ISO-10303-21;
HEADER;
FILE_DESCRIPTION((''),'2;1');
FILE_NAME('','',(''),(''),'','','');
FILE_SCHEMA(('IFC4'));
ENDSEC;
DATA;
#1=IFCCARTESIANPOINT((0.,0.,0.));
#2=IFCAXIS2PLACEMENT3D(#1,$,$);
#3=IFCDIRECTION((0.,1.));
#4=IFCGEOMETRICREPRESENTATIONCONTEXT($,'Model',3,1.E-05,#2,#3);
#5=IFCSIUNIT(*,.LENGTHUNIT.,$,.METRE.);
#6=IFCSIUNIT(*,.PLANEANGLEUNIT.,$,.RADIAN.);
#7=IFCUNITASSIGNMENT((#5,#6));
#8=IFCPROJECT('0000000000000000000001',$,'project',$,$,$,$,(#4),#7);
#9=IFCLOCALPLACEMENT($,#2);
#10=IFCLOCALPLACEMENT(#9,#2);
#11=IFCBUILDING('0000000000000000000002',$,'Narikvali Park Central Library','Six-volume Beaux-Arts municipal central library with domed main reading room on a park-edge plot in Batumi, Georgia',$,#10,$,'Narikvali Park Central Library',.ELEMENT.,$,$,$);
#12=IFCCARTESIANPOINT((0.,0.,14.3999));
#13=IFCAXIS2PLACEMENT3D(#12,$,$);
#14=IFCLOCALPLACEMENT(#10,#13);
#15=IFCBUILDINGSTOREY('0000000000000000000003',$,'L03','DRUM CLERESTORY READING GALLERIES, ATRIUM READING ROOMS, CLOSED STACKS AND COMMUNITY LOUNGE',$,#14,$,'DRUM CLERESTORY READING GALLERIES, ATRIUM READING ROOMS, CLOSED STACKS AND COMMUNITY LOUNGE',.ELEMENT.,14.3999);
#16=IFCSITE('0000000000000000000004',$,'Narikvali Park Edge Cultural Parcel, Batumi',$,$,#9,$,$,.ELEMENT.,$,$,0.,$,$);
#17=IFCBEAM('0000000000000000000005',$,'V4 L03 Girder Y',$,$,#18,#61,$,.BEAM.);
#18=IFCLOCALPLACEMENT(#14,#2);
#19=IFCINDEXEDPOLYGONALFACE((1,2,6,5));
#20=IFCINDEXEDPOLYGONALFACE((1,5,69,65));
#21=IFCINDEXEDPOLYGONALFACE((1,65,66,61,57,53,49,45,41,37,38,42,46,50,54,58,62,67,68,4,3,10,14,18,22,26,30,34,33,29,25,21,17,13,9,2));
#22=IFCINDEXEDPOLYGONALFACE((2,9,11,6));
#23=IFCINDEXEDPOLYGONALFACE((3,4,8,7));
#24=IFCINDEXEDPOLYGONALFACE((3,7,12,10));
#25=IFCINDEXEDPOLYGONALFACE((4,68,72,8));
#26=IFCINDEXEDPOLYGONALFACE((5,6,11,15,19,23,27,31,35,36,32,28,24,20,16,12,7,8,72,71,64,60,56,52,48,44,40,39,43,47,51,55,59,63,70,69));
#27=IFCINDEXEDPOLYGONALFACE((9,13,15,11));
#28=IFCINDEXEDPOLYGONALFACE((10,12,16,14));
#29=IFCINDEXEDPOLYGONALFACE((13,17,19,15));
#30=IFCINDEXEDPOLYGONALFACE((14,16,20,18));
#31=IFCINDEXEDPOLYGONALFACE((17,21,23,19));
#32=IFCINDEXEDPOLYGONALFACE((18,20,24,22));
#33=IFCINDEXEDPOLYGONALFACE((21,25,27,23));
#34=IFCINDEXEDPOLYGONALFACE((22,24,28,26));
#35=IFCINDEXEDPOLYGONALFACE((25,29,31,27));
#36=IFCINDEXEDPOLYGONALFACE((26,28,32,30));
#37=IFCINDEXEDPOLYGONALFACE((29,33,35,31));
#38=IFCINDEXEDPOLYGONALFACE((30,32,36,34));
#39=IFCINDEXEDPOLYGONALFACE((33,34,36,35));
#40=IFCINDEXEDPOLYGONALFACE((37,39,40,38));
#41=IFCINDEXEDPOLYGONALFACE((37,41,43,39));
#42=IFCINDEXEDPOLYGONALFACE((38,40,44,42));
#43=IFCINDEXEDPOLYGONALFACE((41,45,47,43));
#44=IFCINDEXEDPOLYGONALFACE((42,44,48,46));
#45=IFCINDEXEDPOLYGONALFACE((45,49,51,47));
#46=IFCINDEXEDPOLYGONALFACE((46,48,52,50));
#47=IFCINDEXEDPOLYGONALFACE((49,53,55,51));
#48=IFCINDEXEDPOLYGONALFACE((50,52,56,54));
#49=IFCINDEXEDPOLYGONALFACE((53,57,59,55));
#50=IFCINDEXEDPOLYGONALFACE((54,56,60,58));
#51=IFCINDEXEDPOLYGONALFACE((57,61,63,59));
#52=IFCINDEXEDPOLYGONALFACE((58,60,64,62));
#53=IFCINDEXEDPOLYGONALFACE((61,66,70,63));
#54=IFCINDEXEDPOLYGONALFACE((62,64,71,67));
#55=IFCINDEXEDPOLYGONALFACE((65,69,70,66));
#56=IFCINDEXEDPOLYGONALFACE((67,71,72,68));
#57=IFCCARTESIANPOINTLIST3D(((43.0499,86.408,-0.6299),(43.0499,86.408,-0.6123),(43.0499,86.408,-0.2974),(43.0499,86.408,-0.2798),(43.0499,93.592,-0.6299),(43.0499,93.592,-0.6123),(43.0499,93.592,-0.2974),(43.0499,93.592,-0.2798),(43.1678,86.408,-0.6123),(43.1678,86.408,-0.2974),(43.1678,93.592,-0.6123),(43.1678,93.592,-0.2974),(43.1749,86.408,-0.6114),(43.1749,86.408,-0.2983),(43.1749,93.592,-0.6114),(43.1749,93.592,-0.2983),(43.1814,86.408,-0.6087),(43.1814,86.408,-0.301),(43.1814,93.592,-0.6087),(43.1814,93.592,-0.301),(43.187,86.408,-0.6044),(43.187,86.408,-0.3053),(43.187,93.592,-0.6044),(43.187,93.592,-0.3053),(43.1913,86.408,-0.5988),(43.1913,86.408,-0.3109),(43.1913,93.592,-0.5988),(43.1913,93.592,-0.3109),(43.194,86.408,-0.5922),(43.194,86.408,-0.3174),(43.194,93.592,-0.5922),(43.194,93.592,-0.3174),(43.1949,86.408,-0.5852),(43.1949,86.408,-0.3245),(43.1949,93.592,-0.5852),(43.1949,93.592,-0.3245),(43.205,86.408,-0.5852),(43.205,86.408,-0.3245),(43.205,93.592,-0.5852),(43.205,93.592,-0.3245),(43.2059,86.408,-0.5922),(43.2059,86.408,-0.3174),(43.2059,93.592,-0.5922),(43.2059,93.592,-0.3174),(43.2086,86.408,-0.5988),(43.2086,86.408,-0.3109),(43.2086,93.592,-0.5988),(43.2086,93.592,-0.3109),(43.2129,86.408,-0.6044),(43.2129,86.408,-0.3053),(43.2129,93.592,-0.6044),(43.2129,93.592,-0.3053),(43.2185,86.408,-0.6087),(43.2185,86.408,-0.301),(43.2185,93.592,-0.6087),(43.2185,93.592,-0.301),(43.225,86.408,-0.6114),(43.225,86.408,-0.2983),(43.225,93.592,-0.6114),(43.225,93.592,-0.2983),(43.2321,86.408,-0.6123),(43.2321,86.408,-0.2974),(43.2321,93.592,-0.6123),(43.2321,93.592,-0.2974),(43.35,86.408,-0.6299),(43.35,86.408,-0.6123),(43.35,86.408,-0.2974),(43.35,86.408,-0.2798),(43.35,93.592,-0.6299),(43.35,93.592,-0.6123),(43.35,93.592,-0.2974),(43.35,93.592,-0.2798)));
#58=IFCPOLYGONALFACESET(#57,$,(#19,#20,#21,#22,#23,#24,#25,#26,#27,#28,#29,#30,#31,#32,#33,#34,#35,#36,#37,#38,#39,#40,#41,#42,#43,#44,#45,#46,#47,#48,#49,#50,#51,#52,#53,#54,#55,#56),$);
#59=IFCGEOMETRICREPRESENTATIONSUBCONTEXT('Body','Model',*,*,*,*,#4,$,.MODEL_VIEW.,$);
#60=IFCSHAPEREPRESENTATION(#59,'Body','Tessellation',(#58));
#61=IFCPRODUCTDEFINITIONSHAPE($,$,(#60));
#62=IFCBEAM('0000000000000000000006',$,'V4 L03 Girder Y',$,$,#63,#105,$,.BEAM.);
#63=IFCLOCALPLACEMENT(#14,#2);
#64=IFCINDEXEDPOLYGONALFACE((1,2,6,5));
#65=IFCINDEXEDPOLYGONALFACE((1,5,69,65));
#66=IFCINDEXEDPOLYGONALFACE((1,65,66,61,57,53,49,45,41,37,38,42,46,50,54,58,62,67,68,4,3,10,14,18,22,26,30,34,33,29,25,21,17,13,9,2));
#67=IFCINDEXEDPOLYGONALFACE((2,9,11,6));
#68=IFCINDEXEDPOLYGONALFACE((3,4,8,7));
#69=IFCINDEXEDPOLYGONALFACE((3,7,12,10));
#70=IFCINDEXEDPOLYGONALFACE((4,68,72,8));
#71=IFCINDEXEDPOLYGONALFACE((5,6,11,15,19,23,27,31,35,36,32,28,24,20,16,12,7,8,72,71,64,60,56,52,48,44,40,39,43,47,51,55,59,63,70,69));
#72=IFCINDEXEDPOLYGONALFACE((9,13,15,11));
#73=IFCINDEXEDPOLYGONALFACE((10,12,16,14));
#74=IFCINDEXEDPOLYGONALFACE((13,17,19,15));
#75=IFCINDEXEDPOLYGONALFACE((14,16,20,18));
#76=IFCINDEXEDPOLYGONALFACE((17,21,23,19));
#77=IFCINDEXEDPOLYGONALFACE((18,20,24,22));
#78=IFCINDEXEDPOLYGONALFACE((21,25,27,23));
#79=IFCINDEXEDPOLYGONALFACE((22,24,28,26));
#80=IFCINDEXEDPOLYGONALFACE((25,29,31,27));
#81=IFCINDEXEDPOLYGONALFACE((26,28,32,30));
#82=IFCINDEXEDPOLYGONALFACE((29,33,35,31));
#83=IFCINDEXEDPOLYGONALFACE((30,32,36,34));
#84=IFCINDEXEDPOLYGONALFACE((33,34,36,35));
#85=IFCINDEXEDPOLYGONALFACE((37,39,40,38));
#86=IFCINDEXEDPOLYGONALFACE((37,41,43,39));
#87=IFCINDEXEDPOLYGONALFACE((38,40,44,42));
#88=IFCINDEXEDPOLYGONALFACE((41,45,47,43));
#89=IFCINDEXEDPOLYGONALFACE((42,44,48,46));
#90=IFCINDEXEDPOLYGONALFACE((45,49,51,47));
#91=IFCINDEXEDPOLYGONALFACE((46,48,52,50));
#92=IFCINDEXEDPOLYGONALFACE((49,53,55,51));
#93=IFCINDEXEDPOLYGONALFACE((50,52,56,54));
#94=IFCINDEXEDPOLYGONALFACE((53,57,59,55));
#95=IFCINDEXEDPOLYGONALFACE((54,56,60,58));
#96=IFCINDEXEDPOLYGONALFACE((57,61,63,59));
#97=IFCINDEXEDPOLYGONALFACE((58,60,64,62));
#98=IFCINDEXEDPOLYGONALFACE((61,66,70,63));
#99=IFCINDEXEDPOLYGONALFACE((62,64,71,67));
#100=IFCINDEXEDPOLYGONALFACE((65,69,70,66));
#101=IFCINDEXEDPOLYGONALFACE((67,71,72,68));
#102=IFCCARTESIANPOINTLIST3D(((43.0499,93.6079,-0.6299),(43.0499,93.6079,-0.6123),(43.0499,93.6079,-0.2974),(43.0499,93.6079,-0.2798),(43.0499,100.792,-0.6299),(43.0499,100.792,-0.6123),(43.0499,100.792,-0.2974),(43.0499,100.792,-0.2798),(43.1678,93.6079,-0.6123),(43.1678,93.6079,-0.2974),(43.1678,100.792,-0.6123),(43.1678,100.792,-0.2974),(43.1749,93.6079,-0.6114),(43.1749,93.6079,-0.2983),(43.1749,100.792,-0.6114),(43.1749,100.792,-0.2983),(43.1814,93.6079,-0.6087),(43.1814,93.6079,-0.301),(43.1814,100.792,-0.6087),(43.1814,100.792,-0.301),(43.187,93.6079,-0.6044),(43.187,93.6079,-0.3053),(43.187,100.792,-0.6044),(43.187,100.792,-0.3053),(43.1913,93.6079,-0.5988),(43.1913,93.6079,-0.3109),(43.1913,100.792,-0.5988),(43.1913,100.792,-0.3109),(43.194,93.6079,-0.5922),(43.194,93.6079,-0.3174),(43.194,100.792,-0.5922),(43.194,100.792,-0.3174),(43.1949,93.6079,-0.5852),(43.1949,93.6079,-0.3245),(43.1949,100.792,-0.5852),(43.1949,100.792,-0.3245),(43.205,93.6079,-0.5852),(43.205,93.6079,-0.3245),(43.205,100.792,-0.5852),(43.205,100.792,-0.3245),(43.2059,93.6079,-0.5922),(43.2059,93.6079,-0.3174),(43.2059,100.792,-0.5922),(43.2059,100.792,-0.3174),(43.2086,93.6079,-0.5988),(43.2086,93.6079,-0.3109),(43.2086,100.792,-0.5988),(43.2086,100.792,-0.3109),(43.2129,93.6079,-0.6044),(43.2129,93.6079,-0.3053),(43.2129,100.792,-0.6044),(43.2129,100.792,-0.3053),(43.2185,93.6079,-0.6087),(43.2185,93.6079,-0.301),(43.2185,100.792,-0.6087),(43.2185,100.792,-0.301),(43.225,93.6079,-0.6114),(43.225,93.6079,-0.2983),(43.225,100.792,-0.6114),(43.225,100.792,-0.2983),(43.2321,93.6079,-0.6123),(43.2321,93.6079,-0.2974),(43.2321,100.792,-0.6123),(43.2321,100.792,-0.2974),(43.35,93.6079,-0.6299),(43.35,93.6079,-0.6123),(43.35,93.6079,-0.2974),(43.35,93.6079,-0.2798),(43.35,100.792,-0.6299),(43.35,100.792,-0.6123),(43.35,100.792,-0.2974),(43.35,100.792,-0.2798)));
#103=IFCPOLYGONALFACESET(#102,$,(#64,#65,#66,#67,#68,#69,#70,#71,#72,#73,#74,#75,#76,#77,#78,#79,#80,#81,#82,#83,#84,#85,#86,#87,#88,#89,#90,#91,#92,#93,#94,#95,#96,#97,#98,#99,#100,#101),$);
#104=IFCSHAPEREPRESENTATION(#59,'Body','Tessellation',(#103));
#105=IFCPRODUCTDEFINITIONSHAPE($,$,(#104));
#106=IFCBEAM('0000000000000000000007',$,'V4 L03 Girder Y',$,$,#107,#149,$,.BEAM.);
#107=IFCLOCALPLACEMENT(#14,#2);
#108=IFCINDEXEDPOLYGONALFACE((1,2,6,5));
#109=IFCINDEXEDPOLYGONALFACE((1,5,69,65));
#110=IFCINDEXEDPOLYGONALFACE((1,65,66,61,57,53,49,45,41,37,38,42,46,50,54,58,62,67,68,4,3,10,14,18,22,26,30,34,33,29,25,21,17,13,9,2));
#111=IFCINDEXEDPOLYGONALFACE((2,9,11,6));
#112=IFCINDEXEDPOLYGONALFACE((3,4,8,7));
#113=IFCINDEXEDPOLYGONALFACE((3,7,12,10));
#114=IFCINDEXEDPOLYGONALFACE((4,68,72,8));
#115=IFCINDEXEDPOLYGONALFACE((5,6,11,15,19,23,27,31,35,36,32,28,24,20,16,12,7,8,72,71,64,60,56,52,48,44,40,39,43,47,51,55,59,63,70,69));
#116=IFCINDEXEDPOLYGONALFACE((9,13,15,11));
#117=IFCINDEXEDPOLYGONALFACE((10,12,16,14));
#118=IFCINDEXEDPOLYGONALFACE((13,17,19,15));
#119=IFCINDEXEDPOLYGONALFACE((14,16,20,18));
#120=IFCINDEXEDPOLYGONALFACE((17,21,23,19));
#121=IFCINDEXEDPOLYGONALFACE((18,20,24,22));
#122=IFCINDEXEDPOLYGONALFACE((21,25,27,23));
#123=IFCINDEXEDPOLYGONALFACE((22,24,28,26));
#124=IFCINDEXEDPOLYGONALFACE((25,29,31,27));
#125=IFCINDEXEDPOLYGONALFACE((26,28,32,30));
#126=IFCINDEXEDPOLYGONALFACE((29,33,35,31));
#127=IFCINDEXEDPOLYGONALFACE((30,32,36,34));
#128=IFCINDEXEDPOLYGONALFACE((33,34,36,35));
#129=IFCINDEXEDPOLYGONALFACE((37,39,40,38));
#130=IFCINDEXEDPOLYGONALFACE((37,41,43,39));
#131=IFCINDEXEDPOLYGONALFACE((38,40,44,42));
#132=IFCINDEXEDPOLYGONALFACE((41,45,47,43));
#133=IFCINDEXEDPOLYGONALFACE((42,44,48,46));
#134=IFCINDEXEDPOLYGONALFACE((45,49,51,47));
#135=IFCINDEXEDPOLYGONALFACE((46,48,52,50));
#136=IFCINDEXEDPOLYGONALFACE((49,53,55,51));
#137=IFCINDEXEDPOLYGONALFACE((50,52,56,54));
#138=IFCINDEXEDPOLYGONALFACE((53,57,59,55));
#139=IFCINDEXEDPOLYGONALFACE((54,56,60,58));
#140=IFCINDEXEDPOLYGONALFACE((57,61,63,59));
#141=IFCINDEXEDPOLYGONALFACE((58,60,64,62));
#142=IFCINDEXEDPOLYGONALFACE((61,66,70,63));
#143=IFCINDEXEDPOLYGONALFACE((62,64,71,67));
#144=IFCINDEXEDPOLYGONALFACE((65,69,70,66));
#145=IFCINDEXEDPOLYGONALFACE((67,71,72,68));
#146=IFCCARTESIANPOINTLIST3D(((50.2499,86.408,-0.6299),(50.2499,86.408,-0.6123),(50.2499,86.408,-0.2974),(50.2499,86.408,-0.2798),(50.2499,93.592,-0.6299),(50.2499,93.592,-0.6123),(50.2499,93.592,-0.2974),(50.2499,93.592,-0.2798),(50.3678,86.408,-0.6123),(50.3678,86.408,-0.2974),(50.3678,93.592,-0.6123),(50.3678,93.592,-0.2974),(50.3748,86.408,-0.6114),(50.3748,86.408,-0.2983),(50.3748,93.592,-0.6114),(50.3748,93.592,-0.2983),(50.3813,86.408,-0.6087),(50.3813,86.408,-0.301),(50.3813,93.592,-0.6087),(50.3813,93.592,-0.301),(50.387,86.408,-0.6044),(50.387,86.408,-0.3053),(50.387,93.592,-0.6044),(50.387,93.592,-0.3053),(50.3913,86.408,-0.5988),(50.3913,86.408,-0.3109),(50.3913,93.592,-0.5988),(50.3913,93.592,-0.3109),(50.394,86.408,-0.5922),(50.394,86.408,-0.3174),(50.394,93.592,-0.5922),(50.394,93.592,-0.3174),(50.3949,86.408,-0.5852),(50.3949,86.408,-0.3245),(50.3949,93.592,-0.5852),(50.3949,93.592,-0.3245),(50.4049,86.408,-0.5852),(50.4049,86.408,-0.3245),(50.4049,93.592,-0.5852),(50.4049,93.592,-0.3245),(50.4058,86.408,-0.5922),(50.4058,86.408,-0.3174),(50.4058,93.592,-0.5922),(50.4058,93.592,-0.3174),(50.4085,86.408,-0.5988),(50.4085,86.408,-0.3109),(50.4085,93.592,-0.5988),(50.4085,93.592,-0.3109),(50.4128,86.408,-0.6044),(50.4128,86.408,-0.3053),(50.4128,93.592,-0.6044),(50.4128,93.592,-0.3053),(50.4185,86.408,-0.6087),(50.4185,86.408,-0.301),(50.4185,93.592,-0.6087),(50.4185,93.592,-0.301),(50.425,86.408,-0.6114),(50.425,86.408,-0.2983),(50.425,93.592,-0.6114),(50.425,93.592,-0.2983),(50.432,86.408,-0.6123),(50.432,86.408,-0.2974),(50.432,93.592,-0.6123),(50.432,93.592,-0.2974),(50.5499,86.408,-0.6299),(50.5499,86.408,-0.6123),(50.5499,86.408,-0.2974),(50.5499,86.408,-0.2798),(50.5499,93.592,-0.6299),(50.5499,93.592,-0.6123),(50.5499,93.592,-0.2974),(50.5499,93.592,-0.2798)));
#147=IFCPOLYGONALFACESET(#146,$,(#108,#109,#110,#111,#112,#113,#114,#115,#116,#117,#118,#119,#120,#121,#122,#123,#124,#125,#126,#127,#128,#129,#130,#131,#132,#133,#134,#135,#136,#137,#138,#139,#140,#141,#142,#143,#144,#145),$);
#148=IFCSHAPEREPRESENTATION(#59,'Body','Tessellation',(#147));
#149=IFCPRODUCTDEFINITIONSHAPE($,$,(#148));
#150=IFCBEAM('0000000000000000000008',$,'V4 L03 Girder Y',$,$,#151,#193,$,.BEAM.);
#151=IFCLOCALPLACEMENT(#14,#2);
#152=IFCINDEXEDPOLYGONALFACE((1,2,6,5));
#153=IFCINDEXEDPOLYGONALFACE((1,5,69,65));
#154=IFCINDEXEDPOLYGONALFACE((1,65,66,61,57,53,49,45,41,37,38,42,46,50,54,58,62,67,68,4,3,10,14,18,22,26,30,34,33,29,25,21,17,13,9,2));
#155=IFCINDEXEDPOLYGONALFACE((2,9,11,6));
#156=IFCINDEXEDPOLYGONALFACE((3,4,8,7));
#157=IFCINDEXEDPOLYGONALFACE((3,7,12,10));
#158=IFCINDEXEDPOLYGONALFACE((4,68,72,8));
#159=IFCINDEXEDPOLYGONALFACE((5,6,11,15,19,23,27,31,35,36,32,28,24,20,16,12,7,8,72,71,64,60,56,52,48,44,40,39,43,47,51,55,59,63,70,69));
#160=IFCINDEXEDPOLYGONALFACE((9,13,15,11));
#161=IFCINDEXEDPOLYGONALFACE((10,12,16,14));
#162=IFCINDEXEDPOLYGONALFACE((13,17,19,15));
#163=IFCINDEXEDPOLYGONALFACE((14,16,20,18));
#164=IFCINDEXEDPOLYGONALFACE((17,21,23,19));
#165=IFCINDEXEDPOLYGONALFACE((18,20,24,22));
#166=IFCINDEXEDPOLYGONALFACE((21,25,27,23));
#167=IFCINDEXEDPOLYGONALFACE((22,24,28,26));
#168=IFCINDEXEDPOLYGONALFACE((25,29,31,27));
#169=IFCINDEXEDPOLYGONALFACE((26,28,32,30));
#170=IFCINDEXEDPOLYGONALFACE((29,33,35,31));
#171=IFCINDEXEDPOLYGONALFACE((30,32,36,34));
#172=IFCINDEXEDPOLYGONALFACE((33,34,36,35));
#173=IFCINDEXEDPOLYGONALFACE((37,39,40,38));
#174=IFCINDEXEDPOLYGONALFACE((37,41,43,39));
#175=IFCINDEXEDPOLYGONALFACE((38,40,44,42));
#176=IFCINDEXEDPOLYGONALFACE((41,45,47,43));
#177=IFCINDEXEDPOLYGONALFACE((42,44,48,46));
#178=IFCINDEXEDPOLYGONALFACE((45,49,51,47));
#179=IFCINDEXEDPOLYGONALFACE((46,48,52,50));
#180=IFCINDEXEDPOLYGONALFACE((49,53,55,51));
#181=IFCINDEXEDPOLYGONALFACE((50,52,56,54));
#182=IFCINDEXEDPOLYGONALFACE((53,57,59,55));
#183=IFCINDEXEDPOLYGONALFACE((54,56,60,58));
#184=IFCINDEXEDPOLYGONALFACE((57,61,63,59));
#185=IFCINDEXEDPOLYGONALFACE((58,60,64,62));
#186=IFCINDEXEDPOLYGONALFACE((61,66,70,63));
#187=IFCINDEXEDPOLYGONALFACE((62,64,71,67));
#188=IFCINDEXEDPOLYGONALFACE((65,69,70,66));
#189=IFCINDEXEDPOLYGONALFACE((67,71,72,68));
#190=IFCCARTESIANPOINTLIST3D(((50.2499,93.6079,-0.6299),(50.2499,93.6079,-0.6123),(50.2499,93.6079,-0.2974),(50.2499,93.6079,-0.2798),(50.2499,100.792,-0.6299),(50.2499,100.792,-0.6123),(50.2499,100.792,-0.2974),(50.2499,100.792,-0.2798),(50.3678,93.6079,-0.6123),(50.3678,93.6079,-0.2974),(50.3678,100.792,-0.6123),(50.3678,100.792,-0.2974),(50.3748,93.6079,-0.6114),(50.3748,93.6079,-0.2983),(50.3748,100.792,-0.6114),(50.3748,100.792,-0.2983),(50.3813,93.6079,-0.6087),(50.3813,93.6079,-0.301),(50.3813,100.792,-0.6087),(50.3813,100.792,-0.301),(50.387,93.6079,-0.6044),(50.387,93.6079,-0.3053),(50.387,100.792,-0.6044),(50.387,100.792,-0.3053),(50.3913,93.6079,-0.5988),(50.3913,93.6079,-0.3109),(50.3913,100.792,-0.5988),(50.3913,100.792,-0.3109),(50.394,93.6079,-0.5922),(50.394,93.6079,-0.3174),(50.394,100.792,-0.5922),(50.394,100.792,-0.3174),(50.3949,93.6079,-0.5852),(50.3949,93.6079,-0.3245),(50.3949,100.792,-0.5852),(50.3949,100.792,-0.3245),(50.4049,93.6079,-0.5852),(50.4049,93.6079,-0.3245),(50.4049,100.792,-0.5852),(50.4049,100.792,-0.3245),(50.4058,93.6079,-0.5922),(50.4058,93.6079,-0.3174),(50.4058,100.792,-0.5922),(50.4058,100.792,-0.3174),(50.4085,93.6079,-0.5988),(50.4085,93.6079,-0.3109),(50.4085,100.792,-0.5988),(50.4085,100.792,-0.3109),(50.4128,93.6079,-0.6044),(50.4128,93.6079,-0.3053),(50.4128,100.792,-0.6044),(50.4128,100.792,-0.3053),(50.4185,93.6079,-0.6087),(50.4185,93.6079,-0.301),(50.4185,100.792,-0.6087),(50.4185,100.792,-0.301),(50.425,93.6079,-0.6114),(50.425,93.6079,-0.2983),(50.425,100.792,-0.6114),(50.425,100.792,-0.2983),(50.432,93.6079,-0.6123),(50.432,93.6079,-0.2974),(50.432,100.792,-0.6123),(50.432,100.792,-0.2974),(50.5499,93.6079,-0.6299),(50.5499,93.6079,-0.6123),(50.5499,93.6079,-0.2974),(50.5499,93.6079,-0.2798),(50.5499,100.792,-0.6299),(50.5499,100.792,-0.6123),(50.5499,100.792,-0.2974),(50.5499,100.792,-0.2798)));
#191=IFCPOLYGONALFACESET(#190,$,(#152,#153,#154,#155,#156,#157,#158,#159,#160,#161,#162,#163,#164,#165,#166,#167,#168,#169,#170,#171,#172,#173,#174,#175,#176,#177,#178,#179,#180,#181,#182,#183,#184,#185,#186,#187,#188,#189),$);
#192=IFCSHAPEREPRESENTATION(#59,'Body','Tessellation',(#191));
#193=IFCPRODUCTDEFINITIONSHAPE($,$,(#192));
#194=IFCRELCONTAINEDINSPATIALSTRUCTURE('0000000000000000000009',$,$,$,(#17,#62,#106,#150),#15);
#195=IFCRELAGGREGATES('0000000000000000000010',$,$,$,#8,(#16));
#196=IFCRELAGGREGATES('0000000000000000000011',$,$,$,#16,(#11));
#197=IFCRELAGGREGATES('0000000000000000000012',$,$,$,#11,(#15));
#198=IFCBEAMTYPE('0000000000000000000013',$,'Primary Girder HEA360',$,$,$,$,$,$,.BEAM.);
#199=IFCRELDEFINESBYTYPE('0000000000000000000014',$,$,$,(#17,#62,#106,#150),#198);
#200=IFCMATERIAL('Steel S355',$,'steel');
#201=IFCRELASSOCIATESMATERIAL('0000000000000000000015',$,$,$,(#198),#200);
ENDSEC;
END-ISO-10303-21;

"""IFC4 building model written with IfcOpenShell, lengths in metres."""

from ifc_helpers import new_model, si_unit, direction, frame, origin, origin_2d, place, context, subcontext, project, spatial, i_section, extrude, material, material_profile, profile_set, type_object, element, save


model = new_model("IFC4")

# Units and contexts
model_context = context("Model", 3, precision=1e-05, world=origin(), true_north=direction((0.0, 1.0)))
body_context = subcontext(model_context, "Body", "Model", "MODEL_VIEW")
ifc_project = project(units=[si_unit("LENGTHUNIT", "METRE"), si_unit("PLANEANGLEUNIT", "RADIAN")], contexts=[model_context])

# Site, building, storey
site_placement = place(None, origin())
site = spatial("IfcSite", under=ifc_project, at=site_placement, Name="Narikvali Park Edge Cultural Parcel, Batumi", CompositionType="ELEMENT", RefElevation=0.0)
building_placement = place(site_placement, origin())
building = spatial("IfcBuilding", under=site, at=building_placement, Name="Narikvali Park Central Library", Description="Six-volume Beaux-Arts municipal central library with domed main reading room on a park-edge plot in Batumi, Georgia", LongName="Narikvali Park Central Library", CompositionType="ELEMENT")
storey_placement = place(building_placement, frame((0.0, 0.0, 14.3999)))
storey = spatial("IfcBuildingStorey", under=building, at=storey_placement, Name="L03", Description="DRUM CLERESTORY READING GALLERIES, ATRIUM READING ROOMS, CLOSED STACKS AND COMMUNITY LOUNGE", LongName="DRUM CLERESTORY READING GALLERIES, ATRIUM READING ROOMS, CLOSED STACKS AND COMMUNITY LOUNGE", CompositionType="ELEMENT", Elevation=14.3999)

# Shared definitions
ifc_material_1 = material(Name="Steel S355", Category="steel")

# Beams
ifc_material_profile_1 = material_profile(ifc_material_1, i_section(OverallWidth=0.3, OverallDepth=0.3501, WebThickness=0.01, FlangeThickness=0.0176, FilletRadius=0.0271, at=origin_2d()), Name="HEA 360")
ifc_profile_set_1 = profile_set([ifc_material_profile_1], Name="Steel S355")
beam_type_1 = type_object("IfcBeamType", Name="Primary Girder HEA360", PredefinedType="BEAM", material=ifc_profile_set_1)
for number, where, z_axis, x_axis, name in (
    (1, (43.2, 86.408, -0.4548), (0.0, 1.0, 0.0), (-1.0, 0.0, 0.0), "V4 L03 Girder Y"),
    (2, (43.2, 93.6079, -0.4548), (0.0, 1.0, 0.0), (-1.0, 0.0, 0.0), "V4 L03 Girder Y"),
    (3, (50.3999, 86.408, -0.4548), (0.0, 1.0, 0.0), (-1.0, 0.0, 0.0), "V4 L03 Girder Y"),
    (4, (50.3999, 93.6079, -0.4548), (0.0, 1.0, 0.0), (-1.0, 0.0, 0.0), "V4 L03 Girder Y"),
):
    element("IfcBeam", number, at=place(storey_placement, frame(where, z_axis=z_axis, x_axis=x_axis)), inside=storey, type_object=beam_type_1, Name=name, PredefinedType="BEAM", context=body_context, shape_type="SweptSolid", body=[
        extrude(i_section(OverallWidth=0.3, OverallDepth=0.3501, WebThickness=0.01, FlangeThickness=0.0176, FilletRadius=0.0271, at=origin_2d()), origin(), (0.0, 0.0, 1.0), 7.1841),
    ])

save(model, "model.ifc")
